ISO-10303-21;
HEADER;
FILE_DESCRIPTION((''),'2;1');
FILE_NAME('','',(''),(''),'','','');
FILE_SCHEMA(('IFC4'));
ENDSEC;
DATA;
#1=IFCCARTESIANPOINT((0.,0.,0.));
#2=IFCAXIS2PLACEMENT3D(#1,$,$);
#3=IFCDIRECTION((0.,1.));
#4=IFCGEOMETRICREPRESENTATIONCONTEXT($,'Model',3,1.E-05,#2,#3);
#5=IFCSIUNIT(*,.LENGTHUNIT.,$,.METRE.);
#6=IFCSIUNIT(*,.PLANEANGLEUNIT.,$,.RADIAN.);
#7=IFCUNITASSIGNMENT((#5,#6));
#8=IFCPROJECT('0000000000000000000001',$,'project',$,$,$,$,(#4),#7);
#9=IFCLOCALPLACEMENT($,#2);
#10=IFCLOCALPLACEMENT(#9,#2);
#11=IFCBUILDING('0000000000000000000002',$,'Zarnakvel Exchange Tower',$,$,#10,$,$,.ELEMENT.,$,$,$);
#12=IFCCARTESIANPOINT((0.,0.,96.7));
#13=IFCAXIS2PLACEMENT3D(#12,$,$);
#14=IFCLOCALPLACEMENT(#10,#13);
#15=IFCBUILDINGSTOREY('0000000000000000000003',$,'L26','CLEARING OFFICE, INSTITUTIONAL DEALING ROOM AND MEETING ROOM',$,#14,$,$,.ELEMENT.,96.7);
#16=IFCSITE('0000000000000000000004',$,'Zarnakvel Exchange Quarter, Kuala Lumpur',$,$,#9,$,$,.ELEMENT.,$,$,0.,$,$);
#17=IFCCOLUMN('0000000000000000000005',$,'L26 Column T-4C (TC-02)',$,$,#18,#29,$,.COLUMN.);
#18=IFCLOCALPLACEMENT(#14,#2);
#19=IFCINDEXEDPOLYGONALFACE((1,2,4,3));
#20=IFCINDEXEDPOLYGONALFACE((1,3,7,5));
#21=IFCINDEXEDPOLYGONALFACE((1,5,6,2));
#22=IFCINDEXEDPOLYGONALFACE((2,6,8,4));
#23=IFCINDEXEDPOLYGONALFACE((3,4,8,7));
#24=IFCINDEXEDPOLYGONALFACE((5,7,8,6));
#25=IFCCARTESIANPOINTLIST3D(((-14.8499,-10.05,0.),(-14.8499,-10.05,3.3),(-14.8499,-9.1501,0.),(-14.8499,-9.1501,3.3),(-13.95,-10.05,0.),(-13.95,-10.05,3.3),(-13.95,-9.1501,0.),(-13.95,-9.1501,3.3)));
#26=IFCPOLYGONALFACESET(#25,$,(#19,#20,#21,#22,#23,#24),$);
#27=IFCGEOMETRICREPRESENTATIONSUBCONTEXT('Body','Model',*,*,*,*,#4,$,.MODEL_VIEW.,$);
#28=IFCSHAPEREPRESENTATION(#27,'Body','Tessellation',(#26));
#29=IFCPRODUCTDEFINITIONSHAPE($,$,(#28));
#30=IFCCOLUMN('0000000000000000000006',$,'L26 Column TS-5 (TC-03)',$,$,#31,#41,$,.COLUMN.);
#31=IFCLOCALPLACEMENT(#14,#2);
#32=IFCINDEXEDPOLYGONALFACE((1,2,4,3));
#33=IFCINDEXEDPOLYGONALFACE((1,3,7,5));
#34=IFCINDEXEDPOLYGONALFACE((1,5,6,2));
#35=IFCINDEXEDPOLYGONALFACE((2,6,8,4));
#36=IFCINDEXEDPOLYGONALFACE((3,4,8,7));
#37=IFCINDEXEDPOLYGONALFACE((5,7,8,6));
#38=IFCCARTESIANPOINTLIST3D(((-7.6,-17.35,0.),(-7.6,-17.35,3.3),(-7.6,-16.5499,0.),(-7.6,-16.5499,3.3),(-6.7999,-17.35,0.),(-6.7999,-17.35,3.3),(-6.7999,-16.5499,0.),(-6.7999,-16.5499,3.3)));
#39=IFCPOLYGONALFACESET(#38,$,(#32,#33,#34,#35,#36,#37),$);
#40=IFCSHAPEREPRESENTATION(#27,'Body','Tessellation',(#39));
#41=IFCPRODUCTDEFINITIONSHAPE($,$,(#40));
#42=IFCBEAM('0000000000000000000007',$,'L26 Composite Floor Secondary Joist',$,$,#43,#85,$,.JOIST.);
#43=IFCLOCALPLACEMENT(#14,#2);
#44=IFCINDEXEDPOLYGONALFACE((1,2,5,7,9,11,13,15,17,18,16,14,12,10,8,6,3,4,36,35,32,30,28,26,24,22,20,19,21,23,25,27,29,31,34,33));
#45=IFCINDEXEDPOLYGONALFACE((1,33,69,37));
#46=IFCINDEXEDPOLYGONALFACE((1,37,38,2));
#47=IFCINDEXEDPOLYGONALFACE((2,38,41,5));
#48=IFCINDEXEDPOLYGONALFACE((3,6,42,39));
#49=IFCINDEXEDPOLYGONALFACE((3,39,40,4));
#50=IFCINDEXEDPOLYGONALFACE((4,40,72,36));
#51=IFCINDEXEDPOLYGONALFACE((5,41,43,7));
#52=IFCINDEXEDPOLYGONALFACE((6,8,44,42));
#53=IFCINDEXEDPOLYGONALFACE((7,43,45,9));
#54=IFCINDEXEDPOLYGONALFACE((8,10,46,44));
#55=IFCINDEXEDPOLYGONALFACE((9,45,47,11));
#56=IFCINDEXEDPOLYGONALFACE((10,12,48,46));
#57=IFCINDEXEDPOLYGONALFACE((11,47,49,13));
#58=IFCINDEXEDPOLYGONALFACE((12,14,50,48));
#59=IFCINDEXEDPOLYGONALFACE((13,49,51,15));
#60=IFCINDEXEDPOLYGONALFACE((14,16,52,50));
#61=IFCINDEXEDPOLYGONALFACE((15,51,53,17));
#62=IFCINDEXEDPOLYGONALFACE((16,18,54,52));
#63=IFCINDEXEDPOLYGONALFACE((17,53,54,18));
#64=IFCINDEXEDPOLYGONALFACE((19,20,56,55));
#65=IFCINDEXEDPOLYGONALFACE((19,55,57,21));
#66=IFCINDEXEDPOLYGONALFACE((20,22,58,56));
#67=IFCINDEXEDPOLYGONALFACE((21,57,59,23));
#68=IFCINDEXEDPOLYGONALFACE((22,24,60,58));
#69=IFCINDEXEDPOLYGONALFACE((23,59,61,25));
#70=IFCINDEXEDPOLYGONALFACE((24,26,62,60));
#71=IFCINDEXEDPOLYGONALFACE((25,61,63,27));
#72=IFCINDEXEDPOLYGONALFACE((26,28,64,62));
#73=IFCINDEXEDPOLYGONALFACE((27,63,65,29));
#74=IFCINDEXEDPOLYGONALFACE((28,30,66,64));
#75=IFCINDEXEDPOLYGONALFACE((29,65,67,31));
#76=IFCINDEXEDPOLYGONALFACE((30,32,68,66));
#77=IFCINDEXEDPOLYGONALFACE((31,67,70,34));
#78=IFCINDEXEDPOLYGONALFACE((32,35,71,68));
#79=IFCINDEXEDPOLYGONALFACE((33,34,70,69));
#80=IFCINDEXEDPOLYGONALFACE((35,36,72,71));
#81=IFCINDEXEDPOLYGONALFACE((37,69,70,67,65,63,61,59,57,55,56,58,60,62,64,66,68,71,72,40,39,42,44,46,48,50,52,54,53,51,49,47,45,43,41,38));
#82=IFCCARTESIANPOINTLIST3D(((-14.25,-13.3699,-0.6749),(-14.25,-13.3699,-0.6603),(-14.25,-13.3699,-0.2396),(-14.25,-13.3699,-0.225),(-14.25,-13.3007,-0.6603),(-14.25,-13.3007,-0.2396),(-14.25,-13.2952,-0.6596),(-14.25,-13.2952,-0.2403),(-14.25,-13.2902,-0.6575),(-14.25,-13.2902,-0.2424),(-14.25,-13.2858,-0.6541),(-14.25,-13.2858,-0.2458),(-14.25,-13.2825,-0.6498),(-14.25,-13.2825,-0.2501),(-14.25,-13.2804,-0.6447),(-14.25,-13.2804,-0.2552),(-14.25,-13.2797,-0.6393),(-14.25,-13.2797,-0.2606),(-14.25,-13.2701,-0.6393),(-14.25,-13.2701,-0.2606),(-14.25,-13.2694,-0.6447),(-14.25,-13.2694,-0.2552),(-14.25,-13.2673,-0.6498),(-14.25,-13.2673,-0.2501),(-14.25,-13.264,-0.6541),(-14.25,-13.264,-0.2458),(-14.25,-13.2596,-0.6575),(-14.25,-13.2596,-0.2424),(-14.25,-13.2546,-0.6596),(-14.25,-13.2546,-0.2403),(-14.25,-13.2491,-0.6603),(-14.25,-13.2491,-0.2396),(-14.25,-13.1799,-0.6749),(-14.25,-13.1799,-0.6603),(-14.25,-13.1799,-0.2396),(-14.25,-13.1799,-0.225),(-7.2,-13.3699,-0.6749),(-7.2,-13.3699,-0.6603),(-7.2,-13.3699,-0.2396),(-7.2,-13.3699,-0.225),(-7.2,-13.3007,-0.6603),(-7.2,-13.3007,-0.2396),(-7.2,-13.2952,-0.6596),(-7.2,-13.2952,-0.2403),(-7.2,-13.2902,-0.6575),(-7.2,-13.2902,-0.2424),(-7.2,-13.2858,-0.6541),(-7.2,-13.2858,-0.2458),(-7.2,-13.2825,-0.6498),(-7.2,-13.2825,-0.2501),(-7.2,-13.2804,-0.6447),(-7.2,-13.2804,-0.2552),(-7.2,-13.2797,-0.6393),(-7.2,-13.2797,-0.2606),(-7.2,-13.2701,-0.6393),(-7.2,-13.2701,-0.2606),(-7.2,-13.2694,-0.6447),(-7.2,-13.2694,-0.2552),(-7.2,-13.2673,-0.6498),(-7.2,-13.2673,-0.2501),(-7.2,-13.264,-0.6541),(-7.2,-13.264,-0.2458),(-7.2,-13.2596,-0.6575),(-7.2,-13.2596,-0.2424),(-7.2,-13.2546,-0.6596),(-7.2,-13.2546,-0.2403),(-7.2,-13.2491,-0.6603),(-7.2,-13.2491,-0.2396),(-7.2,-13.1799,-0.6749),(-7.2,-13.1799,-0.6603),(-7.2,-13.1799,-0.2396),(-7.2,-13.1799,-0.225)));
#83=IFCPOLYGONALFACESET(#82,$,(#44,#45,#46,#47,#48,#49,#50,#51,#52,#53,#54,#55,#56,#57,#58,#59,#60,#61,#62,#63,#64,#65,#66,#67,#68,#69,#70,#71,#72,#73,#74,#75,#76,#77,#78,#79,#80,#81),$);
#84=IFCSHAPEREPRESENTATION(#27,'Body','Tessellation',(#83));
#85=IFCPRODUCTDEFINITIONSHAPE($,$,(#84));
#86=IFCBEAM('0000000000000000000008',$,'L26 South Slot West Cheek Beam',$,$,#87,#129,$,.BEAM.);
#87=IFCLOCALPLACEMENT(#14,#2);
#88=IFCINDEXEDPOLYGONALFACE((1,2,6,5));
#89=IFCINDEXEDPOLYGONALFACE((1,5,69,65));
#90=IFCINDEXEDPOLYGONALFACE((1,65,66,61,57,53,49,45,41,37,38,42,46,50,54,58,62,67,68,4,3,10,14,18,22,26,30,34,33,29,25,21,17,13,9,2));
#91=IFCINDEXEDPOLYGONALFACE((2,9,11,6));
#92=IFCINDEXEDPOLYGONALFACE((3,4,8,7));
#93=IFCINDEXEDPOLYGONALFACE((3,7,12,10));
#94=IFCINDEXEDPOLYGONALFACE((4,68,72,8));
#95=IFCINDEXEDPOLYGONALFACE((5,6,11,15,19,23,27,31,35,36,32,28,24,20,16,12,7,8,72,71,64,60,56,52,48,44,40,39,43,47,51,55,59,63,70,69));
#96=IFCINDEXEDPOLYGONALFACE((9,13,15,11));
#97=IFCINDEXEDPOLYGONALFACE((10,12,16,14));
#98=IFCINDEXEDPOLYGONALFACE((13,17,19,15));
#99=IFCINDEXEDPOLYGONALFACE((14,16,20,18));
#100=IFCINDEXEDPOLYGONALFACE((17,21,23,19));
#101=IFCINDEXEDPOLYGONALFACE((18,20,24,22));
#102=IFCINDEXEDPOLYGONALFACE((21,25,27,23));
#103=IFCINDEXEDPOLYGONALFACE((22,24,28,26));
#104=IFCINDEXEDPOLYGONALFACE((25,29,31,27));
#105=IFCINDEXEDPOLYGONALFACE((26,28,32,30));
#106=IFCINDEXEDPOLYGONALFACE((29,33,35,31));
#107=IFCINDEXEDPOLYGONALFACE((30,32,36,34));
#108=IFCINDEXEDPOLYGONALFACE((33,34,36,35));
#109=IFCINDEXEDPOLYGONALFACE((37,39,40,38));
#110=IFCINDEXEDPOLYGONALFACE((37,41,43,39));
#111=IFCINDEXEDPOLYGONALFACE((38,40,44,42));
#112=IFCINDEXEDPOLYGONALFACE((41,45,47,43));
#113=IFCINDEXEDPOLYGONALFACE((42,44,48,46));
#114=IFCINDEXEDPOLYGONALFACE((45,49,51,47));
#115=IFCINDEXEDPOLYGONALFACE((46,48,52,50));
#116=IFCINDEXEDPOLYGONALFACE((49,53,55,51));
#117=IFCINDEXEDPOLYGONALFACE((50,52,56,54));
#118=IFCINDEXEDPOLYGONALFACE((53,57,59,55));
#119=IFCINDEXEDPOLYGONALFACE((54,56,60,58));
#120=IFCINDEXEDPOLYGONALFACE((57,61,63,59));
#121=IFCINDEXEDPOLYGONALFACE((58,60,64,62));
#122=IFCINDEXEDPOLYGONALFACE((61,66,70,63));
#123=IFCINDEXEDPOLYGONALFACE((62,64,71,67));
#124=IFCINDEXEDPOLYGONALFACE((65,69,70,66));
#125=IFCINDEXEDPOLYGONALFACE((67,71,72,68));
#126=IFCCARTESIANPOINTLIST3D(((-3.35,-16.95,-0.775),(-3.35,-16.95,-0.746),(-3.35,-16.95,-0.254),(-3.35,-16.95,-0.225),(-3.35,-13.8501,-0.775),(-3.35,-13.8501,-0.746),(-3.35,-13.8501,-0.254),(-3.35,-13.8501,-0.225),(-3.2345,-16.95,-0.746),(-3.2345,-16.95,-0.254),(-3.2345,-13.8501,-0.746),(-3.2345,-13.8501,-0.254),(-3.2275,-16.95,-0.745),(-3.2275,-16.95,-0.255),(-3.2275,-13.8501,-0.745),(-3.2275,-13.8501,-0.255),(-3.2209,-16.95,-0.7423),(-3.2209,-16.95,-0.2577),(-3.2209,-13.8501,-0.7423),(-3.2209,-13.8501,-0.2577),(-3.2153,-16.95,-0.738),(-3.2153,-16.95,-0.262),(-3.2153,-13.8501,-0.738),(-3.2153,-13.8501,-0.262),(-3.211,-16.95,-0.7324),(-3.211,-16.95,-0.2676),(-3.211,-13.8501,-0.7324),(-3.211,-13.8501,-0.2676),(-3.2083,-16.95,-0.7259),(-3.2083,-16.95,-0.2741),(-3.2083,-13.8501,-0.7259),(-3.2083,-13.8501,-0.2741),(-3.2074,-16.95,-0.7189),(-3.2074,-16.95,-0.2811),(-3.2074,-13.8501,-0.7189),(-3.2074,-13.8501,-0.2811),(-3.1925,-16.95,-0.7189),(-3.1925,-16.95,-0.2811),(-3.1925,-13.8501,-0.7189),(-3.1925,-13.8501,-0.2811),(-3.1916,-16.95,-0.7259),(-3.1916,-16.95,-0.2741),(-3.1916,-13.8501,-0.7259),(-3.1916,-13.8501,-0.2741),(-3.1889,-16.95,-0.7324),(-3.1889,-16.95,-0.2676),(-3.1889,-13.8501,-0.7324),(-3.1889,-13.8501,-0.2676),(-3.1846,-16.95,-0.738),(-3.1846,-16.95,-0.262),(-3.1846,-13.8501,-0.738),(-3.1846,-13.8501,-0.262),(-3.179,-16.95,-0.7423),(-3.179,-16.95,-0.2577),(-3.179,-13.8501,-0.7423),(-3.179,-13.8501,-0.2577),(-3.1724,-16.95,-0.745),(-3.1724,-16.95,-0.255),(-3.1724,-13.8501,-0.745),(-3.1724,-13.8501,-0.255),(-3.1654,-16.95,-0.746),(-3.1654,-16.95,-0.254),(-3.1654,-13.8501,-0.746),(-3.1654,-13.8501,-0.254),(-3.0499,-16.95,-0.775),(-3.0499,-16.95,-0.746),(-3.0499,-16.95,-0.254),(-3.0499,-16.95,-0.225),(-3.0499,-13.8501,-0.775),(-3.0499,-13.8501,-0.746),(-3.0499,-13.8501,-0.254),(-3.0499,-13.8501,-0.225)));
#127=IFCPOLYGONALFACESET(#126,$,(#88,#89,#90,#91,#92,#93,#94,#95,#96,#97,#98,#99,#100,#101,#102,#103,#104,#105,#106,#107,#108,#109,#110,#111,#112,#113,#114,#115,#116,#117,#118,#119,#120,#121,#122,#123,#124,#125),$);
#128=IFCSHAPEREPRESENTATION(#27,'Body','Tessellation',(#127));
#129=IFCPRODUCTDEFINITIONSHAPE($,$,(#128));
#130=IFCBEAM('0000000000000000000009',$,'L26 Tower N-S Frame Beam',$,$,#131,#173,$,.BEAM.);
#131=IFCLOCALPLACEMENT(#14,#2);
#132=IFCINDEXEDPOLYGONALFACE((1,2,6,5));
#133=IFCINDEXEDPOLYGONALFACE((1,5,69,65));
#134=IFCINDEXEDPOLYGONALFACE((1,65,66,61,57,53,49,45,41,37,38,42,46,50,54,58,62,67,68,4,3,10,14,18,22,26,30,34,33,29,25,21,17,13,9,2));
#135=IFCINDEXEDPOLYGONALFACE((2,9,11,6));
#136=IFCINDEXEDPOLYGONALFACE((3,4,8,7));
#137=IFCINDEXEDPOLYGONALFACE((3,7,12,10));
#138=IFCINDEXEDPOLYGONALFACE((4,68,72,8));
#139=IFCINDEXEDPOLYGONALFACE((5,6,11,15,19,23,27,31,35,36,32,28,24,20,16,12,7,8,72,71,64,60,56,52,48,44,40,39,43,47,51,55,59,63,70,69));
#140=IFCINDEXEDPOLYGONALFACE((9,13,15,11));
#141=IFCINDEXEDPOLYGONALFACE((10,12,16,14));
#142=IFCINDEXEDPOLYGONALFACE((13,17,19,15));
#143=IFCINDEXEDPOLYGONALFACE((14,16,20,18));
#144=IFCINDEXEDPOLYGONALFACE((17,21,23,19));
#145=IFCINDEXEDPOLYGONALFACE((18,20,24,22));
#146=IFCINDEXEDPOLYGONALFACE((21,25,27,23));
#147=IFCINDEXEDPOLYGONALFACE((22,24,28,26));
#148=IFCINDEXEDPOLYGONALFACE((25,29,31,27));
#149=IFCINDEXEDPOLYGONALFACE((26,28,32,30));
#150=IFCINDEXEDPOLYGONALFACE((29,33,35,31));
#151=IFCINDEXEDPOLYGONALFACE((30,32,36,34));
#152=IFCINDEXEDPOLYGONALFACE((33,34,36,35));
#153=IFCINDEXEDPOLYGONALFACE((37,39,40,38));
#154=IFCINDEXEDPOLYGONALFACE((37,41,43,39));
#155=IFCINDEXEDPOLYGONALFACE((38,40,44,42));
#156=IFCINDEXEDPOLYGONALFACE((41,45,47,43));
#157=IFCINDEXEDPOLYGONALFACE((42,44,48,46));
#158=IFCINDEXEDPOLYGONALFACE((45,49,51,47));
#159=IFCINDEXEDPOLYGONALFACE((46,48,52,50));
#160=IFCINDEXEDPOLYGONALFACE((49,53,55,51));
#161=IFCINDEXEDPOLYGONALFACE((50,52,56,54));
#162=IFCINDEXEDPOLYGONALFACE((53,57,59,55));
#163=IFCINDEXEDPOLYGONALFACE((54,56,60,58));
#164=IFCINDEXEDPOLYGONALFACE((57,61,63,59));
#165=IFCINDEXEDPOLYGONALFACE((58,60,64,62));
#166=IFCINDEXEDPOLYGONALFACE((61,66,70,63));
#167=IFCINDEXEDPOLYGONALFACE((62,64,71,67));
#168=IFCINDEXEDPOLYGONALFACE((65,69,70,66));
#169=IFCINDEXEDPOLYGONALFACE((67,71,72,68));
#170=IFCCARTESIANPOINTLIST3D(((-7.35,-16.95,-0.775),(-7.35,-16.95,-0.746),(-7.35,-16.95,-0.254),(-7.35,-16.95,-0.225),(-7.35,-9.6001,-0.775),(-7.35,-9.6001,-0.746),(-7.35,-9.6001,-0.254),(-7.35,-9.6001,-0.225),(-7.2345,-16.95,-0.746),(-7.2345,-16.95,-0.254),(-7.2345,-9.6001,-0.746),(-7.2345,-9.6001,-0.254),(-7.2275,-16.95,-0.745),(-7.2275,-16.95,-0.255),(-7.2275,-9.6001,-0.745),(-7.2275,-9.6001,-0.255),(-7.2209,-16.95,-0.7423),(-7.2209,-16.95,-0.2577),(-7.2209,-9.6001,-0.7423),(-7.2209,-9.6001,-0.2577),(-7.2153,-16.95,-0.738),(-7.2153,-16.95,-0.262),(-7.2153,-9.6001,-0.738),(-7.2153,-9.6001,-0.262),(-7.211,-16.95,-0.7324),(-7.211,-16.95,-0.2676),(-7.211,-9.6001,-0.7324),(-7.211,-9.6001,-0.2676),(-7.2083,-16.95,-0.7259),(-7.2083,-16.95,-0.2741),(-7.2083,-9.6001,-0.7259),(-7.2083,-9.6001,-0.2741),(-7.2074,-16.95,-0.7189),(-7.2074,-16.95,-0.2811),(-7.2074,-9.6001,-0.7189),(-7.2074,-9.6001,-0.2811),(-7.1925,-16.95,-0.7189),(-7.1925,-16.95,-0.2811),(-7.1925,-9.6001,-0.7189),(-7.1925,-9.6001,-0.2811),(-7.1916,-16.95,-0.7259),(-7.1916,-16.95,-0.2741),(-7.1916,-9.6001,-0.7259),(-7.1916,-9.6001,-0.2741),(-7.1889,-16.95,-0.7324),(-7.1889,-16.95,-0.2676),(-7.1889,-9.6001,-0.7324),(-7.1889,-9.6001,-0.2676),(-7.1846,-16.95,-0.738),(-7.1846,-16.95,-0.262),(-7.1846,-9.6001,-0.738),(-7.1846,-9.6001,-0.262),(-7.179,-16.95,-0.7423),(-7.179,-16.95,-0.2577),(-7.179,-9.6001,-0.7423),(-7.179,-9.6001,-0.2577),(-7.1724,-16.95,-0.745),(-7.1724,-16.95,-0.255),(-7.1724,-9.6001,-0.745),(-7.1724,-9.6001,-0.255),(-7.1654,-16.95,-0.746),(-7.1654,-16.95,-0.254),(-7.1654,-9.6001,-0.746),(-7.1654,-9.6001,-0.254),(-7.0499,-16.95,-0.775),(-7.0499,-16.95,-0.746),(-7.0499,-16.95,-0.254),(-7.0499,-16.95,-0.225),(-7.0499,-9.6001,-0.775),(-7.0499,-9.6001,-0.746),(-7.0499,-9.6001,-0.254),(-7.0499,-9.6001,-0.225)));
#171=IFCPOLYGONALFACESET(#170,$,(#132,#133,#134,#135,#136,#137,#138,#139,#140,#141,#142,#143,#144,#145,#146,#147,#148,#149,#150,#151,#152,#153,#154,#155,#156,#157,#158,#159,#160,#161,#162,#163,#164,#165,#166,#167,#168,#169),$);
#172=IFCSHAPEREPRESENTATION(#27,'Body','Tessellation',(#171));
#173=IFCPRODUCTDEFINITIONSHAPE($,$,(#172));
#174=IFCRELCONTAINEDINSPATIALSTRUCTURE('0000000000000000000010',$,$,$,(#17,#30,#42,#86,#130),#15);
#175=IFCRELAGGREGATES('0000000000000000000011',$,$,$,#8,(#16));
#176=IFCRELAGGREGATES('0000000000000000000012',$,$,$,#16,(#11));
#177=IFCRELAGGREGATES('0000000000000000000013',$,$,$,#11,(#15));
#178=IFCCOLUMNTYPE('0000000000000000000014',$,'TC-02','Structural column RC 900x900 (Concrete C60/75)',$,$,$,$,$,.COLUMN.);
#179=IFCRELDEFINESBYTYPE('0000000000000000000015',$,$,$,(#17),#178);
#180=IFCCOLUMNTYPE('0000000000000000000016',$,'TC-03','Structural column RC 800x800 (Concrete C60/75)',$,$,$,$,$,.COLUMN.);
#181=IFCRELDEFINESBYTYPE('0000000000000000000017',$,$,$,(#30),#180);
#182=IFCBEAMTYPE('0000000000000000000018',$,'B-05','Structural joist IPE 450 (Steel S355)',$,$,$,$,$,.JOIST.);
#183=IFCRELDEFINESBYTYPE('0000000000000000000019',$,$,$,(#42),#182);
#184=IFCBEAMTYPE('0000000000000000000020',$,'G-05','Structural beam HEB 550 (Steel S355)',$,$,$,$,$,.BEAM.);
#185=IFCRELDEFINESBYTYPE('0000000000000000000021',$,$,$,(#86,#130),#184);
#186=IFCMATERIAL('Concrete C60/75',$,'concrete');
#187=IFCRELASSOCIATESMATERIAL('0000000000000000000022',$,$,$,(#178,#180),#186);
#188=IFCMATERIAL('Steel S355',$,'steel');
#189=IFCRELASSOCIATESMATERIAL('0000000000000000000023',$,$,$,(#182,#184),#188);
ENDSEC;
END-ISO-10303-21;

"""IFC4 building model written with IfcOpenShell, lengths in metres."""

from ifc_helpers import new_model, si_unit, direction, frame, origin, origin_2d, place, context, subcontext, project, spatial, rectangle, i_section, extrude, material, material_profile, profile_set, type_object, element, save


model = new_model("IFC4")

# Units and contexts
model_context = context("Model", 3, precision=1e-05, world=origin(), true_north=direction((0.0, 1.0)))
body_context = subcontext(model_context, "Body", "Model", "MODEL_VIEW")
ifc_project = project(units=[si_unit("LENGTHUNIT", "METRE"), si_unit("PLANEANGLEUNIT", "RADIAN")], contexts=[model_context])

# Site, building, storey
site_placement = place(None, origin())
site = spatial("IfcSite", under=ifc_project, at=site_placement, Name="Zarnakvel Exchange Quarter, Kuala Lumpur", CompositionType="ELEMENT", RefElevation=0.0)
building_placement = place(site_placement, origin())
building = spatial("IfcBuilding", under=site, at=building_placement, Name="Zarnakvel Exchange Tower", CompositionType="ELEMENT")
storey_placement = place(building_placement, frame((0.0, 0.0, 96.7)))
storey = spatial("IfcBuildingStorey", under=building, at=storey_placement, Name="L26", Description="CLEARING OFFICE, INSTITUTIONAL DEALING ROOM AND MEETING ROOM", CompositionType="ELEMENT", Elevation=96.7)

# Columns
ifc_material_1 = material(Name="Concrete C60/75", Category="concrete")
ifc_material_profile_1 = material_profile(ifc_material_1, rectangle(XDim=0.8999, YDim=0.8999, at=origin_2d()))
ifc_profile_set_1 = profile_set([ifc_material_profile_1], Name="Concrete C60/75")
column_type_1 = type_object("IfcColumnType", Name="TC-02", Description="Structural column RC 900x900 (Concrete C60/75)", PredefinedType="COLUMN", material=ifc_profile_set_1)
column_1_placement = place(storey_placement, frame((-14.3999, -9.6001, 0.0), z_axis=(0.0, 0.0, 1.0), x_axis=(1.0, 0.0, 0.0)))
element("IfcColumn", 1, at=column_1_placement, inside=storey, type_object=column_type_1, Name="L26 Column T-4C (TC-02)", PredefinedType="COLUMN", context=body_context, shape_type="SweptSolid", body=[
    extrude(rectangle(XDim=0.8999, YDim=0.8999, at=origin_2d()), origin(), (0.0, 0.0, 1.0), 3.3),
])
ifc_material_profile_2 = material_profile(ifc_material_1, rectangle(XDim=0.8, YDim=0.8, at=origin_2d()))
ifc_profile_set_2 = profile_set([ifc_material_profile_2], Name="Concrete C60/75")
column_type_2 = type_object("IfcColumnType", Name="TC-03", Description="Structural column RC 800x800 (Concrete C60/75)", PredefinedType="COLUMN", material=ifc_profile_set_2)
column_2_placement = place(storey_placement, frame((-7.2, -16.95, 0.0), z_axis=(0.0, 0.0, 1.0), x_axis=(1.0, 0.0, 0.0)))
element("IfcColumn", 2, at=column_2_placement, inside=storey, type_object=column_type_2, Name="L26 Column TS-5 (TC-03)", PredefinedType="COLUMN", context=body_context, shape_type="SweptSolid", body=[
    extrude(rectangle(XDim=0.8, YDim=0.8, at=origin_2d()), origin(), (0.0, 0.0, 1.0), 3.3),
])

# Beams
ifc_material_2 = material(Name="Steel S355", Category="steel")
ifc_material_profile_3 = material_profile(ifc_material_2, i_section(OverallWidth=0.1899, OverallDepth=0.45, WebThickness=0.0095, FlangeThickness=0.0146, FilletRadius=0.021, at=origin_2d()))
ifc_profile_set_3 = profile_set([ifc_material_profile_3], Name="Steel S355")
beam_type_1 = type_object("IfcBeamType", Name="B-05", Description="Structural joist IPE 450 (Steel S355)", PredefinedType="JOIST", material=ifc_profile_set_3)
beam_1_placement = place(storey_placement, frame((-14.25, -13.2749, -0.45), z_axis=(1.0, 0.0, 0.0), x_axis=(0.0, 1.0, 0.0)))
element("IfcBeam", 3, at=beam_1_placement, inside=storey, type_object=beam_type_1, Name="L26 Composite Floor Secondary Joist", PredefinedType="JOIST", context=body_context, shape_type="SweptSolid", body=[
    extrude(i_section(OverallWidth=0.1899, OverallDepth=0.45, WebThickness=0.0095, FlangeThickness=0.0146, FilletRadius=0.021, at=origin_2d()), origin(), (0.0, 0.0, 1.0), 7.05),
])
ifc_material_profile_4 = material_profile(ifc_material_2, i_section(OverallWidth=0.3, OverallDepth=0.55, WebThickness=0.0149, FlangeThickness=0.0291, FilletRadius=0.0271, at=origin_2d()))
ifc_profile_set_4 = profile_set([ifc_material_profile_4], Name="Steel S355")
beam_type_2 = type_object("IfcBeamType", Name="G-05", Description="Structural beam HEB 550 (Steel S355)", PredefinedType="BEAM", material=ifc_profile_set_4)
beam_2_placement = place(storey_placement, frame((-3.2, -16.95, -0.5), z_axis=(0.0, 1.0, 0.0), x_axis=(-1.0, 0.0, 0.0)))
element("IfcBeam", 4, at=beam_2_placement, inside=storey, type_object=beam_type_2, Name="L26 South Slot West Cheek Beam", PredefinedType="BEAM", context=body_context, shape_type="SweptSolid", body=[
    extrude(i_section(OverallWidth=0.3, OverallDepth=0.55, WebThickness=0.0149, FlangeThickness=0.0291, FilletRadius=0.0271, at=origin_2d()), origin(), (0.0, 0.0, 1.0), 3.0999),
])
beam_3_placement = place(storey_placement, frame((-7.2, -16.95, -0.5), z_axis=(0.0, 1.0, 0.0), x_axis=(-1.0, 0.0, 0.0)))
element("IfcBeam", 5, at=beam_3_placement, inside=storey, type_object=beam_type_2, Name="L26 Tower N-S Frame Beam", PredefinedType="BEAM", context=body_context, shape_type="SweptSolid", body=[
    extrude(i_section(OverallWidth=0.3, OverallDepth=0.55, WebThickness=0.0149, FlangeThickness=0.0291, FilletRadius=0.0271, at=origin_2d()), origin(), (0.0, 0.0, 1.0), 7.3499),
])

save(model, "model.ifc")
